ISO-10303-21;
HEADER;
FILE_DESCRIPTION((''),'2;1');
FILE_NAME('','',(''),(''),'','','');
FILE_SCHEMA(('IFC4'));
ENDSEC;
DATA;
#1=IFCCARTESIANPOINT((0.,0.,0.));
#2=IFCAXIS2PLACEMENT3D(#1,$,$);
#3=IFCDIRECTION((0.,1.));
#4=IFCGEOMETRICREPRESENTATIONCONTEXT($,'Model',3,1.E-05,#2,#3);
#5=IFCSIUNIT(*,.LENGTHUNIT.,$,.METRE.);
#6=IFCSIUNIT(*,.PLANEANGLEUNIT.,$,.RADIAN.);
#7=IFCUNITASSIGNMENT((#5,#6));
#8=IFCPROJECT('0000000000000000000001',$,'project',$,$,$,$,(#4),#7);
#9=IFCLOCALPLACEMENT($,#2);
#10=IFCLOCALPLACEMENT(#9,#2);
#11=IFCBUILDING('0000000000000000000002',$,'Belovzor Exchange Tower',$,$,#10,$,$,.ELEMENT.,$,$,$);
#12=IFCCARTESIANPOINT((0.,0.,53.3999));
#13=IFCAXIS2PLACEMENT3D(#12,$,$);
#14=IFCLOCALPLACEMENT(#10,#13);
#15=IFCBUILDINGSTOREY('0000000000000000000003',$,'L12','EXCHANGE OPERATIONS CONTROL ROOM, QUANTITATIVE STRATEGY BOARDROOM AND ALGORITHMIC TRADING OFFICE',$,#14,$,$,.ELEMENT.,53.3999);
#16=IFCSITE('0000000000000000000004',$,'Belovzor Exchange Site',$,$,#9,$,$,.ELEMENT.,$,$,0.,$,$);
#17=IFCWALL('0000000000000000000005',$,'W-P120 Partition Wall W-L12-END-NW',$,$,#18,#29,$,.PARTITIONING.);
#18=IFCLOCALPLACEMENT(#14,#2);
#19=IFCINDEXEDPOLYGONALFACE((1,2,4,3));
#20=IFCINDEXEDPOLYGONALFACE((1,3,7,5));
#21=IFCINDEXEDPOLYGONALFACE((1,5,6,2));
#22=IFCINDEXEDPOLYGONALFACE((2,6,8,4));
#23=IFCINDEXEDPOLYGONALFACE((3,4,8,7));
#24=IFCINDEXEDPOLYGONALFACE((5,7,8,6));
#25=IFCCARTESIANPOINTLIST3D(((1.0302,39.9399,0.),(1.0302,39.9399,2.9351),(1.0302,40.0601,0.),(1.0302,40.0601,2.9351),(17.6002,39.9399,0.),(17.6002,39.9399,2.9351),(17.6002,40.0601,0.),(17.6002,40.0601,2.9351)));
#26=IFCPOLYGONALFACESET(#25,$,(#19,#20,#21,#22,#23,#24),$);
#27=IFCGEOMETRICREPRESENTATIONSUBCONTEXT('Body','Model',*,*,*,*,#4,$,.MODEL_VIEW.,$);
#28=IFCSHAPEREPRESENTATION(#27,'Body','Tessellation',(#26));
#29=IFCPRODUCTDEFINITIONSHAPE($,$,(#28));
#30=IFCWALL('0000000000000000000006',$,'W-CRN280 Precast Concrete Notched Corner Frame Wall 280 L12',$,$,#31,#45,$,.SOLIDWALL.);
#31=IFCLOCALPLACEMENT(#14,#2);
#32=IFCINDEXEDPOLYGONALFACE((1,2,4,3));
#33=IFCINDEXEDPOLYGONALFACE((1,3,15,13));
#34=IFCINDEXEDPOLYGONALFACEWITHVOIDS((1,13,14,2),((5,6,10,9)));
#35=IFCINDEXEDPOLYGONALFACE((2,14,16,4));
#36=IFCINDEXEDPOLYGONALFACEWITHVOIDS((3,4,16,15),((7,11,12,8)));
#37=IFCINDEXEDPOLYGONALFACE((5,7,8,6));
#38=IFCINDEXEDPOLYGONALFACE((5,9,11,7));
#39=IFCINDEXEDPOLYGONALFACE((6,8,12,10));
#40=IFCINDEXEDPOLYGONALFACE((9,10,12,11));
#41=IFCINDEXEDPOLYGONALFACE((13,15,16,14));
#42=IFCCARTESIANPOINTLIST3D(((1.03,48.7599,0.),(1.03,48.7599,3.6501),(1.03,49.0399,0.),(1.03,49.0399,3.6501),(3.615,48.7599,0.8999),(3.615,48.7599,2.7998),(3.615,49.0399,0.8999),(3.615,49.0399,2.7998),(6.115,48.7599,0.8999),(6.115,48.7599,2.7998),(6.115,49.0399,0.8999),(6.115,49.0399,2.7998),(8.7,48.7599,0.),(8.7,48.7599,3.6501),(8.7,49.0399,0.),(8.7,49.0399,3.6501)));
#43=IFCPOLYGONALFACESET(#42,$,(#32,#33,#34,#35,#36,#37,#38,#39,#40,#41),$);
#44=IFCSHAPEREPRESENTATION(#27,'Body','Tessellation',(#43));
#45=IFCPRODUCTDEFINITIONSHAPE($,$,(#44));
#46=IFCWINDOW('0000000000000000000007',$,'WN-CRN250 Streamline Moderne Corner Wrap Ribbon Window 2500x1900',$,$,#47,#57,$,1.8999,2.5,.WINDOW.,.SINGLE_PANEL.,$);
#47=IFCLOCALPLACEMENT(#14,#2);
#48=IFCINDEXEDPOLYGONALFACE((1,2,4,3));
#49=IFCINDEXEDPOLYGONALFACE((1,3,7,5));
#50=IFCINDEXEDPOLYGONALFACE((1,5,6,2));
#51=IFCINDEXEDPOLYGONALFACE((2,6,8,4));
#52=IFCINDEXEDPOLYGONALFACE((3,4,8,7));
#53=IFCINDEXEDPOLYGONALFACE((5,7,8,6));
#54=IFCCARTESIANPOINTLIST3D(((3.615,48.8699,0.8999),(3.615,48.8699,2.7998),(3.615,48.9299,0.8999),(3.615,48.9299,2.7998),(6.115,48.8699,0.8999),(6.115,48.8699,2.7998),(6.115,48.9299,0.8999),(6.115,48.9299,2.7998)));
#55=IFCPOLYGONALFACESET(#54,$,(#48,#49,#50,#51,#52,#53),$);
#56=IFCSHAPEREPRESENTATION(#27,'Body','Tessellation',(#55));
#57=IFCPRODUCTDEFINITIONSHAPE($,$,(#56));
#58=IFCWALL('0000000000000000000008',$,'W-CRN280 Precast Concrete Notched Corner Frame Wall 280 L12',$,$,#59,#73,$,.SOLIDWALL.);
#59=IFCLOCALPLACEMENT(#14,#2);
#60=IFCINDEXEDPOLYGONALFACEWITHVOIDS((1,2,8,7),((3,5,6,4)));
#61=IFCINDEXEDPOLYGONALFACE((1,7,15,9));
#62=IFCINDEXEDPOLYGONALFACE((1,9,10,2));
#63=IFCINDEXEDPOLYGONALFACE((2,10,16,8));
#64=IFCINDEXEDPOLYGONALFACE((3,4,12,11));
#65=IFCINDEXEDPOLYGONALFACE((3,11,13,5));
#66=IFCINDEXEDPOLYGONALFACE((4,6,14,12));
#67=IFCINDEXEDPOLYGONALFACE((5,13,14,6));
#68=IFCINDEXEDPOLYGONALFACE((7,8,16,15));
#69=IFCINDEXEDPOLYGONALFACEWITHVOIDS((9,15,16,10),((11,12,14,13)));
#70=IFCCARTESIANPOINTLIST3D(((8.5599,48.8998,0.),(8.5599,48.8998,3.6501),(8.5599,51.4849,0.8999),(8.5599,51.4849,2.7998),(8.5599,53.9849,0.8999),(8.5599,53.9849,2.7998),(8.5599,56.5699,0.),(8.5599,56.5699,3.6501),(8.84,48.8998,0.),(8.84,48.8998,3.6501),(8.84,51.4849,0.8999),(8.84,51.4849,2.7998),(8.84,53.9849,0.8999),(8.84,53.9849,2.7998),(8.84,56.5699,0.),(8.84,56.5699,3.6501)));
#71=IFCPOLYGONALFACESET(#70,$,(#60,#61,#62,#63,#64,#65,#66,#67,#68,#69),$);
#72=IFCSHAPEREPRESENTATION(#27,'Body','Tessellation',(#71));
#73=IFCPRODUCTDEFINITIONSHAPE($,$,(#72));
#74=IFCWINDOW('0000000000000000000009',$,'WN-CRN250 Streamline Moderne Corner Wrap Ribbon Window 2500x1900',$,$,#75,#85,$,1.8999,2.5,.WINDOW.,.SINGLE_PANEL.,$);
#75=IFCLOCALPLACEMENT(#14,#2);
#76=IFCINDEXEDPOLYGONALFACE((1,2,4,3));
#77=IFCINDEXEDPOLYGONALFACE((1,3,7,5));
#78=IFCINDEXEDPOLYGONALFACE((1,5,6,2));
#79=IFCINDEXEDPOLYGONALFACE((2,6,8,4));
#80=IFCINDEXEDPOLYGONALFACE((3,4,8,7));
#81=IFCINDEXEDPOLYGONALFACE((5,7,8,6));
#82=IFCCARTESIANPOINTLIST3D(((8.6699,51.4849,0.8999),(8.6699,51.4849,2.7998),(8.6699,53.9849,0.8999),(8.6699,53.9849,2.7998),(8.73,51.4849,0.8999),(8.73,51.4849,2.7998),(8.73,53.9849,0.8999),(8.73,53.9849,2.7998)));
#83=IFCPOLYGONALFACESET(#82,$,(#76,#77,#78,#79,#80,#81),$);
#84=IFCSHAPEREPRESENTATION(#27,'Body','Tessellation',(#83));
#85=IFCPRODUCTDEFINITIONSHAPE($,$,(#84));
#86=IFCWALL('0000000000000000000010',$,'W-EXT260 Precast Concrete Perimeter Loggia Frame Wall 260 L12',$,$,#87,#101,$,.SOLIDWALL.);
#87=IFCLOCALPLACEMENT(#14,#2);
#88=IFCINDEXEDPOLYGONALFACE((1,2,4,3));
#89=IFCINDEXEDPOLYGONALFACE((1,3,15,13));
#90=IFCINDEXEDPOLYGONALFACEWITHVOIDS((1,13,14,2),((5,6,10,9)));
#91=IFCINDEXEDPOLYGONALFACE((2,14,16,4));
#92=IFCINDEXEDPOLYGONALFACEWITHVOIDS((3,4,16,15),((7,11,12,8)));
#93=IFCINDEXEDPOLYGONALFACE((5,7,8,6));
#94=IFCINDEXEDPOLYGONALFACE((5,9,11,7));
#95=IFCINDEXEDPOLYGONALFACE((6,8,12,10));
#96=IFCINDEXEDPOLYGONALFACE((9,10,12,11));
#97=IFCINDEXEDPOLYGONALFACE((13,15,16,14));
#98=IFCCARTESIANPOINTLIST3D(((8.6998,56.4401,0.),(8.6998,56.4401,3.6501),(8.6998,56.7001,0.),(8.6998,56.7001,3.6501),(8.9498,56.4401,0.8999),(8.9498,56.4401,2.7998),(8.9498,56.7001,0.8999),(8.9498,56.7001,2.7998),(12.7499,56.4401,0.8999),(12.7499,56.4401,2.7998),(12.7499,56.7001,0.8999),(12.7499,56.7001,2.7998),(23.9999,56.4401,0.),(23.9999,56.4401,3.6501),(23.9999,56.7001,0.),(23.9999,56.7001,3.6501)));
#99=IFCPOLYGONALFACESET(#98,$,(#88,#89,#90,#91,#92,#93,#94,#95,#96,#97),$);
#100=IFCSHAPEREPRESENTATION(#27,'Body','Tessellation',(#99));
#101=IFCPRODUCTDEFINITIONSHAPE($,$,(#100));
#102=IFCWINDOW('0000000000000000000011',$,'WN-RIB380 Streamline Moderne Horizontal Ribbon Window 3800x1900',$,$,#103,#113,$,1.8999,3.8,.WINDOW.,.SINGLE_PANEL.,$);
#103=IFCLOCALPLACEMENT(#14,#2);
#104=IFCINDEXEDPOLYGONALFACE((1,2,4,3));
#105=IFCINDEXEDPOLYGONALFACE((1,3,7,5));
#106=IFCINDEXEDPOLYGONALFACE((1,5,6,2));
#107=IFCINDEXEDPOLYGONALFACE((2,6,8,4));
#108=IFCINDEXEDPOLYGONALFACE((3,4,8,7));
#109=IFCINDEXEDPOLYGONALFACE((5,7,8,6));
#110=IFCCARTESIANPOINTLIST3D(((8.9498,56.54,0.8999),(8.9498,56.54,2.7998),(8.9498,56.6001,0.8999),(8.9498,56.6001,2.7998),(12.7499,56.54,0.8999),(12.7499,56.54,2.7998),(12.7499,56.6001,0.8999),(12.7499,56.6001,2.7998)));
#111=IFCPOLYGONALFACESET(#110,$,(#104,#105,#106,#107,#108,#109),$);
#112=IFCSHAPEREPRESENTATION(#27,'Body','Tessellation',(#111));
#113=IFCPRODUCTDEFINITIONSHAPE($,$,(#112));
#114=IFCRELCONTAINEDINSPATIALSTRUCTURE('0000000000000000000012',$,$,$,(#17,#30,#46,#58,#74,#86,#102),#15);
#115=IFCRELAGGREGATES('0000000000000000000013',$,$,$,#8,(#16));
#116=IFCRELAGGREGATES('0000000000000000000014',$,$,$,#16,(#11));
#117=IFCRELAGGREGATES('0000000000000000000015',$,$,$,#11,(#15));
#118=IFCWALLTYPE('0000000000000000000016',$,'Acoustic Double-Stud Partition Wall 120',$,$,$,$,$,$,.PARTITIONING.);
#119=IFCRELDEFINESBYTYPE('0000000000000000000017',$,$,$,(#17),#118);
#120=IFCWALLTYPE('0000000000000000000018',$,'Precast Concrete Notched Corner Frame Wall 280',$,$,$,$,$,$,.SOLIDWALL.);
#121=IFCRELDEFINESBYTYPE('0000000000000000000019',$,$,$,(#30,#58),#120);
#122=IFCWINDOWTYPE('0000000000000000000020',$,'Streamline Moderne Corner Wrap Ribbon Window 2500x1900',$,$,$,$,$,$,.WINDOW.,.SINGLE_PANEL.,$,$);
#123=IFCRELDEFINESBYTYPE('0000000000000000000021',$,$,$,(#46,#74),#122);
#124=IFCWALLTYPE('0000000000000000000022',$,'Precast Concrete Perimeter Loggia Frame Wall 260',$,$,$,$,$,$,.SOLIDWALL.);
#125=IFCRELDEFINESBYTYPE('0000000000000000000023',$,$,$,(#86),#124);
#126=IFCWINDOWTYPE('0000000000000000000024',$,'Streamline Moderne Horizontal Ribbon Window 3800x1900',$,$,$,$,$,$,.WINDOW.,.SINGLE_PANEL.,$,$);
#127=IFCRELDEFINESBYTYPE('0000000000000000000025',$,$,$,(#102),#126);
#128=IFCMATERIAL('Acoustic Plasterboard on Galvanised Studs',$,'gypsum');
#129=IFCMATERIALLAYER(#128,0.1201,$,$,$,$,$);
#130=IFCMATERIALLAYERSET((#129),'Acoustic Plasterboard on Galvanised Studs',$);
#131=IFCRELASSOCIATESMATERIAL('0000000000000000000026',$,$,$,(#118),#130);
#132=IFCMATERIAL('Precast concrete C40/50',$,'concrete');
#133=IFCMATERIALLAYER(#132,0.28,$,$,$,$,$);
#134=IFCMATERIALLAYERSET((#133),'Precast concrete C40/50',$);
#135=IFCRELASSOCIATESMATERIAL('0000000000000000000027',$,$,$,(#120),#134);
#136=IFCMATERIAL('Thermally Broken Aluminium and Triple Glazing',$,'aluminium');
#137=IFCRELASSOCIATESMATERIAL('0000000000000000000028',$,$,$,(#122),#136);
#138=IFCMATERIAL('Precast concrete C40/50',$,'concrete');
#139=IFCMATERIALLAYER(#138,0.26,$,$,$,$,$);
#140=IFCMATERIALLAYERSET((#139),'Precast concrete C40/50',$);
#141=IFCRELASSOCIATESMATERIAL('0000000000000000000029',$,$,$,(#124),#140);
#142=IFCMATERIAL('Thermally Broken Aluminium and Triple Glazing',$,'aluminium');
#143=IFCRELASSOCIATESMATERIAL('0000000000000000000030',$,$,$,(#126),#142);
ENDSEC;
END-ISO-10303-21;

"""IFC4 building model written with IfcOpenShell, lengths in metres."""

from ifc_helpers import new_model, si_unit, direction, frame, frame_2d, origin, place, context, subcontext, project, spatial, rectangle, extrude, material, layer, layer_set, type_object, element, fill, save


model = new_model("IFC4")

# Units and contexts
model_context = context("Model", 3, precision=1e-05, world=origin(), true_north=direction((0.0, 1.0)))
body_context = subcontext(model_context, "Body", "Model", "MODEL_VIEW")
ifc_project = project(units=[si_unit("LENGTHUNIT", "METRE"), si_unit("PLANEANGLEUNIT", "RADIAN")], contexts=[model_context])

# Site, building, storey
site_placement = place(None, origin())
site = spatial("IfcSite", under=ifc_project, at=site_placement, Name="Belovzor Exchange Site", CompositionType="ELEMENT", RefElevation=0.0)
building_placement = place(site_placement, origin())
building = spatial("IfcBuilding", under=site, at=building_placement, Name="Belovzor Exchange Tower", CompositionType="ELEMENT")
storey_placement = place(building_placement, frame((0.0, 0.0, 53.3999)))
storey = spatial("IfcBuildingStorey", under=building, at=storey_placement, Name="L12", Description="EXCHANGE OPERATIONS CONTROL ROOM, QUANTITATIVE STRATEGY BOARDROOM AND ALGORITHMIC TRADING OFFICE", CompositionType="ELEMENT", Elevation=53.3999)

# Wall
ifc_material_1 = material(Name="Acoustic Plasterboard on Galvanised Studs", Category="gypsum")
ifc_layer_1 = layer(ifc_material_1, 0.1201)
ifc_layer_set_1 = layer_set([ifc_layer_1], Name="Acoustic Plasterboard on Galvanised Studs")
wall_type_1 = type_object("IfcWallType", Name="Acoustic Double-Stud Partition Wall 120", PredefinedType="PARTITIONING", material=ifc_layer_set_1)
wall_1_placement = place(storey_placement, frame((1.03, 40.0, 0.0), z_axis=(0.0, 0.0, 1.0), x_axis=(1.0, 0.0, 0.0)))
element("IfcWall", 1, at=wall_1_placement, inside=storey, type_object=wall_type_1, Name="W-P120 Partition Wall W-L12-END-NW", PredefinedType="PARTITIONING", context=body_context, shape_type="SweptSolid", body=[
    extrude(rectangle(XDim=16.5701, YDim=0.1201, at=frame_2d((8.2852, 0.0))), origin(), (0.0, 0.0, 1.0), 2.9351),
])

# Walls, openings, windows
ifc_material_2 = material(Name="Precast concrete C40/50", Category="concrete")
ifc_layer_2 = layer(ifc_material_2, 0.28)
ifc_layer_set_2 = layer_set([ifc_layer_2], Name="Precast concrete C40/50")
wall_type_2 = type_object("IfcWallType", Name="Precast Concrete Notched Corner Frame Wall 280", PredefinedType="SOLIDWALL", material=ifc_layer_set_2)
wall_2_placement = place(storey_placement, frame((1.03, 48.8999, 0.0), z_axis=(0.0, 0.0, 1.0), x_axis=(1.0, 0.0, 0.0)))
wall_2 = element("IfcWall", 2, at=wall_2_placement, inside=storey, type_object=wall_type_2, Name="W-CRN280 Precast Concrete Notched Corner Frame Wall 280 L12", PredefinedType="SOLIDWALL", context=body_context, shape_type="SweptSolid", body=[
    extrude(rectangle(XDim=7.6699, YDim=0.28, at=frame_2d((3.835, 0.0))), origin(), (0.0, 0.0, 1.0), 3.6501),
])
opening_1_placement = place(wall_2_placement, frame((2.585, 0.0, 0.8999)))
opening_1 = element("IfcOpeningElement", 3, at=opening_1_placement, cuts=wall_2, PredefinedType="OPENING", context=body_context, shape_type="SweptSolid", body=[
    extrude(rectangle(XDim=2.5, YDim=1.8999, at=frame_2d((1.25, 0.95))), frame((0.0, 0.1499, 0.0), z_axis=(0.0, -1.0, 0.0), x_axis=(1.0, 0.0, 0.0)), (0.0, 0.0, 1.0), 0.3),
])
ifc_material_3 = material(Name="Thermally Broken Aluminium and Triple Glazing", Category="aluminium")
window_type_1 = type_object("IfcWindowType", Name="Streamline Moderne Corner Wrap Ribbon Window 2500x1900", PartitioningType="SINGLE_PANEL", PredefinedType="WINDOW", material=ifc_material_3)
window_1_placement = place(opening_1_placement, origin())
window_1 = element("IfcWindow", 4, at=window_1_placement, inside=storey, type_object=window_type_1, Name="WN-CRN250 Streamline Moderne Corner Wrap Ribbon Window 2500x1900", OverallHeight=1.8999, OverallWidth=2.5, PartitioningType="SINGLE_PANEL", PredefinedType="WINDOW", context=body_context, shape_type="SweptSolid", body=[
    extrude(rectangle(XDim=2.5, YDim=1.8999, at=frame_2d((1.25, 0.95))), frame((0.0, 0.03, 0.0), z_axis=(0.0, -1.0, 0.0), x_axis=(1.0, 0.0, 0.0)), (0.0, 0.0, 1.0), 0.0601),
])
fill(opening_1, window_1)
wall_3_placement = place(storey_placement, frame((8.7, 48.8999, 0.0), z_axis=(0.0, 0.0, 1.0), x_axis=(0.0, 1.0, 0.0)))
wall_3 = element("IfcWall", 5, at=wall_3_placement, inside=storey, type_object=wall_type_2, Name="W-CRN280 Precast Concrete Notched Corner Frame Wall 280 L12", PredefinedType="SOLIDWALL", context=body_context, shape_type="SweptSolid", body=[
    extrude(rectangle(XDim=7.6702, YDim=0.28, at=frame_2d((3.835, 0.0))), origin(), (0.0, 0.0, 1.0), 3.6501),
])
opening_2_placement = place(wall_3_placement, frame((2.585, 0.0, 0.8999)))
opening_2 = element("IfcOpeningElement", 6, at=opening_2_placement, cuts=wall_3, PredefinedType="OPENING", context=body_context, shape_type="SweptSolid", body=[
    extrude(rectangle(XDim=2.5, YDim=1.8999, at=frame_2d((1.25, 0.95))), frame((0.0, 0.1499, 0.0), z_axis=(0.0, -1.0, 0.0), x_axis=(1.0, 0.0, 0.0)), (0.0, 0.0, 1.0), 0.3),
])
window_2_placement = place(opening_2_placement, origin())
window_2 = element("IfcWindow", 7, at=window_2_placement, inside=storey, type_object=window_type_1, Name="WN-CRN250 Streamline Moderne Corner Wrap Ribbon Window 2500x1900", OverallHeight=1.8999, OverallWidth=2.5, PartitioningType="SINGLE_PANEL", PredefinedType="WINDOW", context=body_context, shape_type="SweptSolid", body=[
    extrude(rectangle(XDim=2.5, YDim=1.8999, at=frame_2d((1.25, 0.95))), frame((0.0, 0.03, 0.0), z_axis=(0.0, -1.0, 0.0), x_axis=(1.0, 0.0, 0.0)), (0.0, 0.0, 1.0), 0.0601),
])
fill(opening_2, window_2)
ifc_material_4 = material(Name="Precast concrete C40/50", Category="concrete")
ifc_layer_3 = layer(ifc_material_4, 0.26)
ifc_layer_set_3 = layer_set([ifc_layer_3], Name="Precast concrete C40/50")
wall_type_3 = type_object("IfcWallType", Name="Precast Concrete Perimeter Loggia Frame Wall 260", PredefinedType="SOLIDWALL", material=ifc_layer_set_3)
wall_4_placement = place(storey_placement, frame((8.7, 56.5701, 0.0), z_axis=(0.0, 0.0, 1.0), x_axis=(1.0, 0.0, 0.0)))
wall_4 = element("IfcWall", 8, at=wall_4_placement, inside=storey, type_object=wall_type_3, Name="W-EXT260 Precast Concrete Perimeter Loggia Frame Wall 260 L12", PredefinedType="SOLIDWALL", context=body_context, shape_type="SweptSolid", body=[
    extrude(rectangle(XDim=15.3, YDim=0.26, at=frame_2d((7.6499, 0.0))), origin(), (0.0, 0.0, 1.0), 3.6501),
])
opening_3_placement = place(wall_4_placement, frame((0.25, 0.0, 0.8999)))
opening_3 = element("IfcOpeningElement", 9, at=opening_3_placement, cuts=wall_4, PredefinedType="OPENING", context=body_context, shape_type="SweptSolid", body=[
    extrude(rectangle(XDim=3.8, YDim=1.8999, at=frame_2d((1.8999, 0.95))), frame((0.0, 0.1399, 0.0), z_axis=(0.0, -1.0, 0.0), x_axis=(1.0, 0.0, 0.0)), (0.0, 0.0, 1.0), 0.28),
])
ifc_material_5 = material(Name="Thermally Broken Aluminium and Triple Glazing", Category="aluminium")
window_type_2 = type_object("IfcWindowType", Name="Streamline Moderne Horizontal Ribbon Window 3800x1900", PartitioningType="SINGLE_PANEL", PredefinedType="WINDOW", material=ifc_material_5)
window_3_placement = place(opening_3_placement, origin())
window_3 = element("IfcWindow", 10, at=window_3_placement, inside=storey, type_object=window_type_2, Name="WN-RIB380 Streamline Moderne Horizontal Ribbon Window 3800x1900", OverallHeight=1.8999, OverallWidth=3.8, PartitioningType="SINGLE_PANEL", PredefinedType="WINDOW", context=body_context, shape_type="SweptSolid", body=[
    extrude(rectangle(XDim=3.8, YDim=1.8999, at=frame_2d((1.8999, 0.95))), frame((0.0, 0.03, 0.0), z_axis=(0.0, -1.0, 0.0), x_axis=(1.0, 0.0, 0.0)), (0.0, 0.0, 1.0), 0.0601),
])
fill(opening_3, window_3)

save(model, "model.ifc")
